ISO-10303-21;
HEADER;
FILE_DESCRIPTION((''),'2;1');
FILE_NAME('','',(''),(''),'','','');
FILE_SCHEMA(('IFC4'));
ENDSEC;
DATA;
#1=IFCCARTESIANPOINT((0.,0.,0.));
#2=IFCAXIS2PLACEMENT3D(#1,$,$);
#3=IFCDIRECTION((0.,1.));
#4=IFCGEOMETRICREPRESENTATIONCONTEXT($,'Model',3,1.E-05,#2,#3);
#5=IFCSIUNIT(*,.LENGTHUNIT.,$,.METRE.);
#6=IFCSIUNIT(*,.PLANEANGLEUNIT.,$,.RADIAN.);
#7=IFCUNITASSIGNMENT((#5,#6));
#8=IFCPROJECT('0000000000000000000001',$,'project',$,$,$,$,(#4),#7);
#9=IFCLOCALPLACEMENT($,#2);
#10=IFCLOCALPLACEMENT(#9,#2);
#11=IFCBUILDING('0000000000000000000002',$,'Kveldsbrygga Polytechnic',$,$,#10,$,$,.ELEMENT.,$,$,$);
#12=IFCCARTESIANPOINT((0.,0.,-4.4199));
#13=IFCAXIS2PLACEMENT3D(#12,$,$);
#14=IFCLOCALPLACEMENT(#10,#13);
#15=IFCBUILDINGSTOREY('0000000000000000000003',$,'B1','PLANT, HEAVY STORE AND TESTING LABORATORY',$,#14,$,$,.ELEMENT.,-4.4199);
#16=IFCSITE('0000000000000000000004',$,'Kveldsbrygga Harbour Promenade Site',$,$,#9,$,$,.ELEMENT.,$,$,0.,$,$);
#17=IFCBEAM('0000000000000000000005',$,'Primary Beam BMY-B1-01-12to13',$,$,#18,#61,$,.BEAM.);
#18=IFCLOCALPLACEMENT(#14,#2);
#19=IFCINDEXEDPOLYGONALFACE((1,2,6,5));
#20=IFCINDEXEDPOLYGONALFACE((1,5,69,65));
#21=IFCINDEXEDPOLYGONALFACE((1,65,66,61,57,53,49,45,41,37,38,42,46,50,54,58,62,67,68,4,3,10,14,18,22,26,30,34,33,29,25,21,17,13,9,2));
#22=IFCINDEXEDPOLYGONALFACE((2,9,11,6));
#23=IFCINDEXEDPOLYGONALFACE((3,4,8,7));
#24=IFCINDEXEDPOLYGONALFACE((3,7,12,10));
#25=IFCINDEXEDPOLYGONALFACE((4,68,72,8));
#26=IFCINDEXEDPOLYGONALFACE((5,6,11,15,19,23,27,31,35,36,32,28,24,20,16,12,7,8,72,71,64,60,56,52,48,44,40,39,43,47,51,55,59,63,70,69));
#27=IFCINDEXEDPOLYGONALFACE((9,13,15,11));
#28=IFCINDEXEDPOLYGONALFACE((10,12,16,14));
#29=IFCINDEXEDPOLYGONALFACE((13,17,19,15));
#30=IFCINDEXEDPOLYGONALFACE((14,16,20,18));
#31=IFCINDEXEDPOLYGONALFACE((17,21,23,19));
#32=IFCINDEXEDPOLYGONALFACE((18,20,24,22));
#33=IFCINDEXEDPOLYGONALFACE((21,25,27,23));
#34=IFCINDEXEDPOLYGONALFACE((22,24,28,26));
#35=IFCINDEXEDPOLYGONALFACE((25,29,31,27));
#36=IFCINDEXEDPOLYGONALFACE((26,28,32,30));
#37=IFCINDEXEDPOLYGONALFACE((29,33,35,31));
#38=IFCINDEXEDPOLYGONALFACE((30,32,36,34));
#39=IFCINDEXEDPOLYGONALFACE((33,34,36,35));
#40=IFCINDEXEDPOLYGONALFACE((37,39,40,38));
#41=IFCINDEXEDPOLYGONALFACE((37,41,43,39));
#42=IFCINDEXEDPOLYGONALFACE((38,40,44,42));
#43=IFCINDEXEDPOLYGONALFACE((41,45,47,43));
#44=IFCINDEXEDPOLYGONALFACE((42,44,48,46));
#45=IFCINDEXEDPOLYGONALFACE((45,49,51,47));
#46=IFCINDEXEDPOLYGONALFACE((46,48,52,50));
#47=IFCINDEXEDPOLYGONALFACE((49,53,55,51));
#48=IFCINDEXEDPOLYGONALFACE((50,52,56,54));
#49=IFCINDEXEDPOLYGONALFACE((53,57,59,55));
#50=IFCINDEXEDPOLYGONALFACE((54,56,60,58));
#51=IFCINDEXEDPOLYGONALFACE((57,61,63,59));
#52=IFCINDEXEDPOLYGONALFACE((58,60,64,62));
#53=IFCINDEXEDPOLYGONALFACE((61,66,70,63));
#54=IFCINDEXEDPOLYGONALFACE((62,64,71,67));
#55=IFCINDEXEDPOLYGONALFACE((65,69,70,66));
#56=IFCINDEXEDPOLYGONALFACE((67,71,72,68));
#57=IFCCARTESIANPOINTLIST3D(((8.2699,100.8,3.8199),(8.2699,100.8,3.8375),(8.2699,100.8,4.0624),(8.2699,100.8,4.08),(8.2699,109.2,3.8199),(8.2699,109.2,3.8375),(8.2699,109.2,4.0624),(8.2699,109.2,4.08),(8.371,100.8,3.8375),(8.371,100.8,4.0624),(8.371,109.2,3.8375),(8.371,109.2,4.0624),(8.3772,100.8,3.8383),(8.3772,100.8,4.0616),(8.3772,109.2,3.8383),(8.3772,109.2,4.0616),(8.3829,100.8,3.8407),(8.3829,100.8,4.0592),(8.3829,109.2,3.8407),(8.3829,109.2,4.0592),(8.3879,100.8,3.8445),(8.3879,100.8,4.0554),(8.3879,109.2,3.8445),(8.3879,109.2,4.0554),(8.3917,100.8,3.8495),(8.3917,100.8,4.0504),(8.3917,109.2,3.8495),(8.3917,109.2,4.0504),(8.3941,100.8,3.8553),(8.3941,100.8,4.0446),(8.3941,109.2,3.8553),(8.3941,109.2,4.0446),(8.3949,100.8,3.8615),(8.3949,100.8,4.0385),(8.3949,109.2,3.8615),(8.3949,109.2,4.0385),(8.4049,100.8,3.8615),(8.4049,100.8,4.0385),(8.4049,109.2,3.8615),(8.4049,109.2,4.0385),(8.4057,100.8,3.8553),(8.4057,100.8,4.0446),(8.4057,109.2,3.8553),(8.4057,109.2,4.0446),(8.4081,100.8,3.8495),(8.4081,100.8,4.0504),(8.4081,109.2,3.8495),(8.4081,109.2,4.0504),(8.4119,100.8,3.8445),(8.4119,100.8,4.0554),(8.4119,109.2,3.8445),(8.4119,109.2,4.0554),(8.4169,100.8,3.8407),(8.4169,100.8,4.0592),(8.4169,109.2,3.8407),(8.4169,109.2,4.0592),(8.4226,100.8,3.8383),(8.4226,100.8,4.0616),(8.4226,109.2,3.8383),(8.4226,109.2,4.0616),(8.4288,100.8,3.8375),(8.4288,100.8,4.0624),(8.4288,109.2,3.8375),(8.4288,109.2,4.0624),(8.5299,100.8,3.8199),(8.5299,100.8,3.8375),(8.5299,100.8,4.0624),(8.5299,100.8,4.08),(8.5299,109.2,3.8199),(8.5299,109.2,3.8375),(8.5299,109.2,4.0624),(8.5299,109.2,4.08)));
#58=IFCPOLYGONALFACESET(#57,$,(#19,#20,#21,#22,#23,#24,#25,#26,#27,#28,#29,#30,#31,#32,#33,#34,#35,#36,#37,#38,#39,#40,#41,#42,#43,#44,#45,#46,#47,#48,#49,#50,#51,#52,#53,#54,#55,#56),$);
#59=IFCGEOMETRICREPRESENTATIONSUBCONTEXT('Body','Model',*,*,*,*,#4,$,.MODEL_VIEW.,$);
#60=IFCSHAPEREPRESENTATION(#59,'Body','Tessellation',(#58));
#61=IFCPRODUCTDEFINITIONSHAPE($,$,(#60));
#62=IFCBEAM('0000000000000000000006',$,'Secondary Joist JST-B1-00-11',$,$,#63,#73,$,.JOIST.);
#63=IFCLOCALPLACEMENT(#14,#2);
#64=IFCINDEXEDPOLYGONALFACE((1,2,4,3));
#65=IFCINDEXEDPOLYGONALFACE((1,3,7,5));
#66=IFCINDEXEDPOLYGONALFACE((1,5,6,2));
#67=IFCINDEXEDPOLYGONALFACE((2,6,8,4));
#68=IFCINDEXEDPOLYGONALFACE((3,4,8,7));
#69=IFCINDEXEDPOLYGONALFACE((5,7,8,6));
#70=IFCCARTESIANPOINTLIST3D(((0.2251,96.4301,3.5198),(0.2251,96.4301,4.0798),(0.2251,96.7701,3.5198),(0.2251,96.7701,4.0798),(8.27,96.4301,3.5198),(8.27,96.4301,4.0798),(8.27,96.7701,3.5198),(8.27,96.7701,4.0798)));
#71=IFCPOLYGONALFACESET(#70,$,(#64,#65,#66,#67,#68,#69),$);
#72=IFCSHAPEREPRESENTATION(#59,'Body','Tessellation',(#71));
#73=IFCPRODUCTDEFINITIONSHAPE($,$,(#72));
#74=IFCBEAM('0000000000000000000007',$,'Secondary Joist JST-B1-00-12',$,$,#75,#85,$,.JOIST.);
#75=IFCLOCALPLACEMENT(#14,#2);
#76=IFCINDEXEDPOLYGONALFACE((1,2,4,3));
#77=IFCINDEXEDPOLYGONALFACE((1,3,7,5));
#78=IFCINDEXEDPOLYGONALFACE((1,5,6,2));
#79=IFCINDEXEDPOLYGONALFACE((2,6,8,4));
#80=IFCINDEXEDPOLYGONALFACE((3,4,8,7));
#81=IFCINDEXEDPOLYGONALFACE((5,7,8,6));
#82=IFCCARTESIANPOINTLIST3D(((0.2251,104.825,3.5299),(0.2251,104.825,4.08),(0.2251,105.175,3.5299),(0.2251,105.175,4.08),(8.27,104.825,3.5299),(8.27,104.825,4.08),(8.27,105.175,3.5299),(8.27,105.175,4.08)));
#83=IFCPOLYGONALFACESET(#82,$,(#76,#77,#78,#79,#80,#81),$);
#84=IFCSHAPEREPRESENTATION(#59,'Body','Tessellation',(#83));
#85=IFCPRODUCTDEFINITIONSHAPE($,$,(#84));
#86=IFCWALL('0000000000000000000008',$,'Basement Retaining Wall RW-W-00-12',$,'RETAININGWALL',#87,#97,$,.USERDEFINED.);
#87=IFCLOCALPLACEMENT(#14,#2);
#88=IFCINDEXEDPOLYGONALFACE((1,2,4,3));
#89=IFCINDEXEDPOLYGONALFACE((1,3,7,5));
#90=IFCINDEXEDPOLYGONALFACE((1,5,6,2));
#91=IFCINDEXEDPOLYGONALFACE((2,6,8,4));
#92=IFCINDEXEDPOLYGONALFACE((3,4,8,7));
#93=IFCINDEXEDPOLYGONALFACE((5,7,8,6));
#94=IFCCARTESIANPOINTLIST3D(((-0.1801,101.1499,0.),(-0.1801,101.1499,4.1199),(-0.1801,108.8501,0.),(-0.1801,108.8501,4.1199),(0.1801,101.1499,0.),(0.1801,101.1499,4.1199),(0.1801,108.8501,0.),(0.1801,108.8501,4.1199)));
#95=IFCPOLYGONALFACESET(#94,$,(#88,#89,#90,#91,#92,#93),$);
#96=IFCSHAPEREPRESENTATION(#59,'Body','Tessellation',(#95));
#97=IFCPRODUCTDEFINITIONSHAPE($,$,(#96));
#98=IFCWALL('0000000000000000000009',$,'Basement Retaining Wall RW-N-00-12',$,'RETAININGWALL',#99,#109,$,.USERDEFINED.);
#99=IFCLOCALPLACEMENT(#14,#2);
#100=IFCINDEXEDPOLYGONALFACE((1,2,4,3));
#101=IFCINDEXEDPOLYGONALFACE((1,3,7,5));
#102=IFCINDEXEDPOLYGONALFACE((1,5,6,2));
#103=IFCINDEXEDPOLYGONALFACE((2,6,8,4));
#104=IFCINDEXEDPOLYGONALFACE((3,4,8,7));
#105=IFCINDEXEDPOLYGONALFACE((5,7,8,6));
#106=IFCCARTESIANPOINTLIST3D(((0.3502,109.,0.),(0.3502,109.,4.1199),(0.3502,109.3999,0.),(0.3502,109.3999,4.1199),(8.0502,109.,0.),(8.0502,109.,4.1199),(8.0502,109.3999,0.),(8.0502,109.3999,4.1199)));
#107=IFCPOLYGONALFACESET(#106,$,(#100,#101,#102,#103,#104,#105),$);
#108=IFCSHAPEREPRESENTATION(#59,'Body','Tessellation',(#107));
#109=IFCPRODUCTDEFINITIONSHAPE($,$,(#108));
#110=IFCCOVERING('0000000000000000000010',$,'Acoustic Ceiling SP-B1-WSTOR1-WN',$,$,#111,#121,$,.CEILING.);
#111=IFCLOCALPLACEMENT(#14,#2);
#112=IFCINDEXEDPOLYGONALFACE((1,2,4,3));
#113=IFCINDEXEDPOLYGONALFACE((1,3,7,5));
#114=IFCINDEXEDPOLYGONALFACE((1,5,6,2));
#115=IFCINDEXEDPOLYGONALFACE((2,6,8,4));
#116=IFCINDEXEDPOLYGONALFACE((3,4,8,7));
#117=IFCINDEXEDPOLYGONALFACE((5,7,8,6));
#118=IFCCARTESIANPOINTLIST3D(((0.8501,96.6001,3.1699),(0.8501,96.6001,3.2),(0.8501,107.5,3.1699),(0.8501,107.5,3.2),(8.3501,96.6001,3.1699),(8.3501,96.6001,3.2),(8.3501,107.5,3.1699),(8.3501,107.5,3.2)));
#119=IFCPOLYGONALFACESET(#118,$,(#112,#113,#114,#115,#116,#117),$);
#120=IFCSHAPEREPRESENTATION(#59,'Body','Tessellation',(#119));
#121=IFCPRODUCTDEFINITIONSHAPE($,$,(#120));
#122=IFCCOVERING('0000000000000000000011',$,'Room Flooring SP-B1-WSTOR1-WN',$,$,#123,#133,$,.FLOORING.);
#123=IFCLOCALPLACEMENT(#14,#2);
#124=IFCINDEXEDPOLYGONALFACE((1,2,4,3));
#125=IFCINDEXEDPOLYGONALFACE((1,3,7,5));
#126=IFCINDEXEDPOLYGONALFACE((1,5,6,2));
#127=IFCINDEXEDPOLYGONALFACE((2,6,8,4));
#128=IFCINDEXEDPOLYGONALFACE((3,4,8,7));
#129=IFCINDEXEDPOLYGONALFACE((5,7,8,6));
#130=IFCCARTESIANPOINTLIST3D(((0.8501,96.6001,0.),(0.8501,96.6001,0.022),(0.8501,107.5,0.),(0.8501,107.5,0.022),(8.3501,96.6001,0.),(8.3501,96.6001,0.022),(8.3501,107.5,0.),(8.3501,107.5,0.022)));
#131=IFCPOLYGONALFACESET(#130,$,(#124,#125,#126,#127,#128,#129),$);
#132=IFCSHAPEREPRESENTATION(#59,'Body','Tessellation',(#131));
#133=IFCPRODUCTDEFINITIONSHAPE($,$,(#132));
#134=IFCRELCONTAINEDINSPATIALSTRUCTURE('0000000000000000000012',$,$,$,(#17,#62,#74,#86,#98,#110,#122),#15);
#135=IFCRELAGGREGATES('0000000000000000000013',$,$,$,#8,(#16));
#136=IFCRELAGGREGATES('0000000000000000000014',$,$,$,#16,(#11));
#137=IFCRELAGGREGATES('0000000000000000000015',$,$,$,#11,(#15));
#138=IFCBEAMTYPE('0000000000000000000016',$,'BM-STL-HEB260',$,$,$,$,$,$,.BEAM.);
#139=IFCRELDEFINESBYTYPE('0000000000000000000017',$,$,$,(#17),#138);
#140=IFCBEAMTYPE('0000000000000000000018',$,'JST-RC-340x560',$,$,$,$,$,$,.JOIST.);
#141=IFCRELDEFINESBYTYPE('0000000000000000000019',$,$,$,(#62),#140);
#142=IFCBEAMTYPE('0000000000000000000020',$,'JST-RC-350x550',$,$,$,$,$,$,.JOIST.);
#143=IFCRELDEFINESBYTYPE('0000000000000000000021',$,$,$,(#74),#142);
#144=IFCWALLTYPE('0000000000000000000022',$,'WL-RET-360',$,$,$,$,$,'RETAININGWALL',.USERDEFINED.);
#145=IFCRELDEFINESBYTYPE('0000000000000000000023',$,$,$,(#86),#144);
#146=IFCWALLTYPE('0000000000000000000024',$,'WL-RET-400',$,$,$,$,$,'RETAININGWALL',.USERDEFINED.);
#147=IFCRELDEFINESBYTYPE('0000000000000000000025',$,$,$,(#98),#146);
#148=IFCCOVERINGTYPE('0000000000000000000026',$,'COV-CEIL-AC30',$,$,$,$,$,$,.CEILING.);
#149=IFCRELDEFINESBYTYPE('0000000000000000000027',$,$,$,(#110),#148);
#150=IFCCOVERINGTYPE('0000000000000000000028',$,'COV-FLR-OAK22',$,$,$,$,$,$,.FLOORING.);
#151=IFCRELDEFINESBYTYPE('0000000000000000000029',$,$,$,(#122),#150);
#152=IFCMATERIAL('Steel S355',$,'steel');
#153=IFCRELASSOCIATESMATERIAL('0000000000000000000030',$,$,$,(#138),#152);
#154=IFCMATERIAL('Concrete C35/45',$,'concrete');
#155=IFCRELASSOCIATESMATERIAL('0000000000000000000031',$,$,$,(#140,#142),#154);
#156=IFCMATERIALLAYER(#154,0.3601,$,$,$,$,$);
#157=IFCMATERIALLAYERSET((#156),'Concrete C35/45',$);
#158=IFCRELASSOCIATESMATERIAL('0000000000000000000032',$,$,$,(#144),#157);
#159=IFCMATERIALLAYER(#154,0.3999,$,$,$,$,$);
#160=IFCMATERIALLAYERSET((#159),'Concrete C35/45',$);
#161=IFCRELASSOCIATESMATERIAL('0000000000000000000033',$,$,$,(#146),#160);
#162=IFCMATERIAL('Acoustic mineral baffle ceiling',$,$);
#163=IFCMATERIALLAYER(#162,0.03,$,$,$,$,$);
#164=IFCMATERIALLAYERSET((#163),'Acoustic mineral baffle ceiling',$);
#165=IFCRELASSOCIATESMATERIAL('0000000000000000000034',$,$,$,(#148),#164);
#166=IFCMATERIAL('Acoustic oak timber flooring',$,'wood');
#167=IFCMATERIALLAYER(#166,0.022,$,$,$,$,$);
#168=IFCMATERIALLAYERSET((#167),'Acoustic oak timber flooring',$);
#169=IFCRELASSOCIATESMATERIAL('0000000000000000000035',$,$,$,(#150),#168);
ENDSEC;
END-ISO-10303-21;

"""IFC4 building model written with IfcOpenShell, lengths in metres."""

from ifc_helpers import new_model, si_unit, direction, frame, frame_2d, origin, origin_2d, place, context, subcontext, project, spatial, rectangle, i_section, extrude, material, layer, layer_set, material_profile, profile_set, type_object, element, save


model = new_model("IFC4")

# Units and contexts
model_context = context("Model", 3, precision=1e-05, world=origin(), true_north=direction((0.0, 1.0)))
body_context = subcontext(model_context, "Body", "Model", "MODEL_VIEW")
ifc_project = project(units=[si_unit("LENGTHUNIT", "METRE"), si_unit("PLANEANGLEUNIT", "RADIAN")], contexts=[model_context])

# Site, building, storey
site_placement = place(None, origin())
site = spatial("IfcSite", under=ifc_project, at=site_placement, Name="Kveldsbrygga Harbour Promenade Site", CompositionType="ELEMENT", RefElevation=0.0)
building_placement = place(site_placement, origin())
building = spatial("IfcBuilding", under=site, at=building_placement, Name="Kveldsbrygga Polytechnic", CompositionType="ELEMENT")
storey_placement = place(building_placement, frame((0.0, 0.0, -4.4199)))
storey = spatial("IfcBuildingStorey", under=building, at=storey_placement, Name="B1", Description="PLANT, HEAVY STORE AND TESTING LABORATORY", CompositionType="ELEMENT", Elevation=-4.4199)

# Beams
ifc_material_1 = material(Name="Concrete C35/45", Category="concrete")
ifc_material_2 = material(Name="Steel S355", Category="steel")
ifc_material_profile_1 = material_profile(ifc_material_2, i_section(OverallWidth=0.26, OverallDepth=0.26, WebThickness=0.01, FlangeThickness=0.0176, FilletRadius=0.0239, at=origin_2d()), Name="HEB 260")
ifc_profile_set_1 = profile_set([ifc_material_profile_1], Name="Steel S355")
beam_type_1 = type_object("IfcBeamType", Name="BM-STL-HEB260", PredefinedType="BEAM", material=ifc_profile_set_1)
beam_1_placement = place(storey_placement, frame((8.3999, 100.8, 3.95), z_axis=(0.0, 1.0, 0.0), x_axis=(-1.0, 0.0, 0.0)))
element("IfcBeam", 1, at=beam_1_placement, inside=storey, type_object=beam_type_1, Name="Primary Beam BMY-B1-01-12to13", PredefinedType="BEAM", context=body_context, shape_type="SweptSolid", body=[
    extrude(i_section(OverallWidth=0.26, OverallDepth=0.26, WebThickness=0.01, FlangeThickness=0.0176, FilletRadius=0.0239, at=origin_2d()), origin(), (0.0, 0.0, 1.0), 8.3999),
])
ifc_material_profile_2 = material_profile(ifc_material_1, rectangle(XDim=0.3401, YDim=0.5601, at=origin_2d()), Name="RC 340x560")
ifc_profile_set_2 = profile_set([ifc_material_profile_2], Name="Concrete C35/45")
beam_type_2 = type_object("IfcBeamType", Name="JST-RC-340x560", PredefinedType="JOIST", material=ifc_profile_set_2)
beam_2_placement = place(storey_placement, frame((0.2251, 96.6001, 3.7998), z_axis=(1.0, 0.0, 0.0), x_axis=(0.0, 1.0, 0.0)))
element("IfcBeam", 2, at=beam_2_placement, inside=storey, type_object=beam_type_2, Name="Secondary Joist JST-B1-00-11", PredefinedType="JOIST", context=body_context, shape_type="SweptSolid", body=[
    extrude(rectangle(XDim=0.3401, YDim=0.5601, at=origin_2d()), origin(), (0.0, 0.0, 1.0), 8.0449),
])
ifc_material_profile_3 = material_profile(ifc_material_1, rectangle(XDim=0.3501, YDim=0.55, at=origin_2d()), Name="RC 350x550")
ifc_profile_set_3 = profile_set([ifc_material_profile_3], Name="Concrete C35/45")
beam_type_3 = type_object("IfcBeamType", Name="JST-RC-350x550", PredefinedType="JOIST", material=ifc_profile_set_3)
beam_3_placement = place(storey_placement, frame((0.2251, 105.0, 3.8049), z_axis=(1.0, 0.0, 0.0), x_axis=(0.0, 1.0, 0.0)))
element("IfcBeam", 3, at=beam_3_placement, inside=storey, type_object=beam_type_3, Name="Secondary Joist JST-B1-00-12", PredefinedType="JOIST", context=body_context, shape_type="SweptSolid", body=[
    extrude(rectangle(XDim=0.3501, YDim=0.55, at=origin_2d()), origin(), (0.0, 0.0, 1.0), 8.0449),
])

# Walls
ifc_layer_1 = layer(ifc_material_1, 0.3601)
ifc_layer_set_1 = layer_set([ifc_layer_1], Name="Concrete C35/45")
wall_type_1 = type_object("IfcWallType", Name="WL-RET-360", ElementType="RETAININGWALL", PredefinedType="USERDEFINED", material=ifc_layer_set_1)
wall_1_placement = place(storey_placement, frame((0.0, 101.1499, 0.0), z_axis=(0.0, 0.0, 1.0), x_axis=(0.0, 1.0, 0.0)))
element("IfcWall", 4, at=wall_1_placement, inside=storey, type_object=wall_type_1, Name="Basement Retaining Wall RW-W-00-12", ObjectType="RETAININGWALL", PredefinedType="USERDEFINED", context=body_context, shape_type="SweptSolid", body=[
    extrude(rectangle(XDim=7.7002, YDim=0.3601, at=frame_2d((3.8501, 0.0))), origin(), (0.0, 0.0, 1.0), 4.1199),
])
ifc_layer_2 = layer(ifc_material_1, 0.3999)
ifc_layer_set_2 = layer_set([ifc_layer_2], Name="Concrete C35/45")
wall_type_2 = type_object("IfcWallType", Name="WL-RET-400", ElementType="RETAININGWALL", PredefinedType="USERDEFINED", material=ifc_layer_set_2)
wall_2_placement = place(storey_placement, frame((0.3501, 109.2, 0.0), z_axis=(0.0, 0.0, 1.0), x_axis=(1.0, 0.0, 0.0)))
element("IfcWall", 5, at=wall_2_placement, inside=storey, type_object=wall_type_2, Name="Basement Retaining Wall RW-N-00-12", ObjectType="RETAININGWALL", PredefinedType="USERDEFINED", context=body_context, shape_type="SweptSolid", body=[
    extrude(rectangle(XDim=7.7, YDim=0.3999, at=frame_2d((3.8501, 0.0))), origin(), (0.0, 0.0, 1.0), 4.1199),
])

# Coverings
ifc_material_3 = material(Name="Acoustic mineral baffle ceiling")
ifc_layer_3 = layer(ifc_material_3, 0.03)
ifc_layer_set_3 = layer_set([ifc_layer_3], Name="Acoustic mineral baffle ceiling")
covering_type_1 = type_object("IfcCoveringType", Name="COV-CEIL-AC30", PredefinedType="CEILING", material=ifc_layer_set_3)
covering_1_placement = place(storey_placement, frame((4.6001, 102.05, 3.1699), z_axis=(0.0, 0.0, 1.0), x_axis=(1.0, 0.0, 0.0)))
element("IfcCovering", 6, at=covering_1_placement, inside=storey, type_object=covering_type_1, Name="Acoustic Ceiling SP-B1-WSTOR1-WN", PredefinedType="CEILING", context=body_context, shape_type="SweptSolid", body=[
    extrude(rectangle(XDim=7.5, YDim=10.8999, at=origin_2d()), origin(), (0.0, 0.0, 1.0), 0.03),
])
ifc_material_4 = material(Name="Acoustic oak timber flooring", Category="wood")
ifc_layer_4 = layer(ifc_material_4, 0.022)
ifc_layer_set_4 = layer_set([ifc_layer_4], Name="Acoustic oak timber flooring")
covering_type_2 = type_object("IfcCoveringType", Name="COV-FLR-OAK22", PredefinedType="FLOORING", material=ifc_layer_set_4)
covering_2_placement = place(storey_placement, frame((4.6001, 102.05, 0.0), z_axis=(0.0, 0.0, 1.0), x_axis=(1.0, 0.0, 0.0)))
element("IfcCovering", 7, at=covering_2_placement, inside=storey, type_object=covering_type_2, Name="Room Flooring SP-B1-WSTOR1-WN", PredefinedType="FLOORING", context=body_context, shape_type="SweptSolid", body=[
    extrude(rectangle(XDim=7.5, YDim=10.8999, at=origin_2d()), origin(), (0.0, 0.0, 1.0), 0.022),
])

save(model, "model.ifc")
